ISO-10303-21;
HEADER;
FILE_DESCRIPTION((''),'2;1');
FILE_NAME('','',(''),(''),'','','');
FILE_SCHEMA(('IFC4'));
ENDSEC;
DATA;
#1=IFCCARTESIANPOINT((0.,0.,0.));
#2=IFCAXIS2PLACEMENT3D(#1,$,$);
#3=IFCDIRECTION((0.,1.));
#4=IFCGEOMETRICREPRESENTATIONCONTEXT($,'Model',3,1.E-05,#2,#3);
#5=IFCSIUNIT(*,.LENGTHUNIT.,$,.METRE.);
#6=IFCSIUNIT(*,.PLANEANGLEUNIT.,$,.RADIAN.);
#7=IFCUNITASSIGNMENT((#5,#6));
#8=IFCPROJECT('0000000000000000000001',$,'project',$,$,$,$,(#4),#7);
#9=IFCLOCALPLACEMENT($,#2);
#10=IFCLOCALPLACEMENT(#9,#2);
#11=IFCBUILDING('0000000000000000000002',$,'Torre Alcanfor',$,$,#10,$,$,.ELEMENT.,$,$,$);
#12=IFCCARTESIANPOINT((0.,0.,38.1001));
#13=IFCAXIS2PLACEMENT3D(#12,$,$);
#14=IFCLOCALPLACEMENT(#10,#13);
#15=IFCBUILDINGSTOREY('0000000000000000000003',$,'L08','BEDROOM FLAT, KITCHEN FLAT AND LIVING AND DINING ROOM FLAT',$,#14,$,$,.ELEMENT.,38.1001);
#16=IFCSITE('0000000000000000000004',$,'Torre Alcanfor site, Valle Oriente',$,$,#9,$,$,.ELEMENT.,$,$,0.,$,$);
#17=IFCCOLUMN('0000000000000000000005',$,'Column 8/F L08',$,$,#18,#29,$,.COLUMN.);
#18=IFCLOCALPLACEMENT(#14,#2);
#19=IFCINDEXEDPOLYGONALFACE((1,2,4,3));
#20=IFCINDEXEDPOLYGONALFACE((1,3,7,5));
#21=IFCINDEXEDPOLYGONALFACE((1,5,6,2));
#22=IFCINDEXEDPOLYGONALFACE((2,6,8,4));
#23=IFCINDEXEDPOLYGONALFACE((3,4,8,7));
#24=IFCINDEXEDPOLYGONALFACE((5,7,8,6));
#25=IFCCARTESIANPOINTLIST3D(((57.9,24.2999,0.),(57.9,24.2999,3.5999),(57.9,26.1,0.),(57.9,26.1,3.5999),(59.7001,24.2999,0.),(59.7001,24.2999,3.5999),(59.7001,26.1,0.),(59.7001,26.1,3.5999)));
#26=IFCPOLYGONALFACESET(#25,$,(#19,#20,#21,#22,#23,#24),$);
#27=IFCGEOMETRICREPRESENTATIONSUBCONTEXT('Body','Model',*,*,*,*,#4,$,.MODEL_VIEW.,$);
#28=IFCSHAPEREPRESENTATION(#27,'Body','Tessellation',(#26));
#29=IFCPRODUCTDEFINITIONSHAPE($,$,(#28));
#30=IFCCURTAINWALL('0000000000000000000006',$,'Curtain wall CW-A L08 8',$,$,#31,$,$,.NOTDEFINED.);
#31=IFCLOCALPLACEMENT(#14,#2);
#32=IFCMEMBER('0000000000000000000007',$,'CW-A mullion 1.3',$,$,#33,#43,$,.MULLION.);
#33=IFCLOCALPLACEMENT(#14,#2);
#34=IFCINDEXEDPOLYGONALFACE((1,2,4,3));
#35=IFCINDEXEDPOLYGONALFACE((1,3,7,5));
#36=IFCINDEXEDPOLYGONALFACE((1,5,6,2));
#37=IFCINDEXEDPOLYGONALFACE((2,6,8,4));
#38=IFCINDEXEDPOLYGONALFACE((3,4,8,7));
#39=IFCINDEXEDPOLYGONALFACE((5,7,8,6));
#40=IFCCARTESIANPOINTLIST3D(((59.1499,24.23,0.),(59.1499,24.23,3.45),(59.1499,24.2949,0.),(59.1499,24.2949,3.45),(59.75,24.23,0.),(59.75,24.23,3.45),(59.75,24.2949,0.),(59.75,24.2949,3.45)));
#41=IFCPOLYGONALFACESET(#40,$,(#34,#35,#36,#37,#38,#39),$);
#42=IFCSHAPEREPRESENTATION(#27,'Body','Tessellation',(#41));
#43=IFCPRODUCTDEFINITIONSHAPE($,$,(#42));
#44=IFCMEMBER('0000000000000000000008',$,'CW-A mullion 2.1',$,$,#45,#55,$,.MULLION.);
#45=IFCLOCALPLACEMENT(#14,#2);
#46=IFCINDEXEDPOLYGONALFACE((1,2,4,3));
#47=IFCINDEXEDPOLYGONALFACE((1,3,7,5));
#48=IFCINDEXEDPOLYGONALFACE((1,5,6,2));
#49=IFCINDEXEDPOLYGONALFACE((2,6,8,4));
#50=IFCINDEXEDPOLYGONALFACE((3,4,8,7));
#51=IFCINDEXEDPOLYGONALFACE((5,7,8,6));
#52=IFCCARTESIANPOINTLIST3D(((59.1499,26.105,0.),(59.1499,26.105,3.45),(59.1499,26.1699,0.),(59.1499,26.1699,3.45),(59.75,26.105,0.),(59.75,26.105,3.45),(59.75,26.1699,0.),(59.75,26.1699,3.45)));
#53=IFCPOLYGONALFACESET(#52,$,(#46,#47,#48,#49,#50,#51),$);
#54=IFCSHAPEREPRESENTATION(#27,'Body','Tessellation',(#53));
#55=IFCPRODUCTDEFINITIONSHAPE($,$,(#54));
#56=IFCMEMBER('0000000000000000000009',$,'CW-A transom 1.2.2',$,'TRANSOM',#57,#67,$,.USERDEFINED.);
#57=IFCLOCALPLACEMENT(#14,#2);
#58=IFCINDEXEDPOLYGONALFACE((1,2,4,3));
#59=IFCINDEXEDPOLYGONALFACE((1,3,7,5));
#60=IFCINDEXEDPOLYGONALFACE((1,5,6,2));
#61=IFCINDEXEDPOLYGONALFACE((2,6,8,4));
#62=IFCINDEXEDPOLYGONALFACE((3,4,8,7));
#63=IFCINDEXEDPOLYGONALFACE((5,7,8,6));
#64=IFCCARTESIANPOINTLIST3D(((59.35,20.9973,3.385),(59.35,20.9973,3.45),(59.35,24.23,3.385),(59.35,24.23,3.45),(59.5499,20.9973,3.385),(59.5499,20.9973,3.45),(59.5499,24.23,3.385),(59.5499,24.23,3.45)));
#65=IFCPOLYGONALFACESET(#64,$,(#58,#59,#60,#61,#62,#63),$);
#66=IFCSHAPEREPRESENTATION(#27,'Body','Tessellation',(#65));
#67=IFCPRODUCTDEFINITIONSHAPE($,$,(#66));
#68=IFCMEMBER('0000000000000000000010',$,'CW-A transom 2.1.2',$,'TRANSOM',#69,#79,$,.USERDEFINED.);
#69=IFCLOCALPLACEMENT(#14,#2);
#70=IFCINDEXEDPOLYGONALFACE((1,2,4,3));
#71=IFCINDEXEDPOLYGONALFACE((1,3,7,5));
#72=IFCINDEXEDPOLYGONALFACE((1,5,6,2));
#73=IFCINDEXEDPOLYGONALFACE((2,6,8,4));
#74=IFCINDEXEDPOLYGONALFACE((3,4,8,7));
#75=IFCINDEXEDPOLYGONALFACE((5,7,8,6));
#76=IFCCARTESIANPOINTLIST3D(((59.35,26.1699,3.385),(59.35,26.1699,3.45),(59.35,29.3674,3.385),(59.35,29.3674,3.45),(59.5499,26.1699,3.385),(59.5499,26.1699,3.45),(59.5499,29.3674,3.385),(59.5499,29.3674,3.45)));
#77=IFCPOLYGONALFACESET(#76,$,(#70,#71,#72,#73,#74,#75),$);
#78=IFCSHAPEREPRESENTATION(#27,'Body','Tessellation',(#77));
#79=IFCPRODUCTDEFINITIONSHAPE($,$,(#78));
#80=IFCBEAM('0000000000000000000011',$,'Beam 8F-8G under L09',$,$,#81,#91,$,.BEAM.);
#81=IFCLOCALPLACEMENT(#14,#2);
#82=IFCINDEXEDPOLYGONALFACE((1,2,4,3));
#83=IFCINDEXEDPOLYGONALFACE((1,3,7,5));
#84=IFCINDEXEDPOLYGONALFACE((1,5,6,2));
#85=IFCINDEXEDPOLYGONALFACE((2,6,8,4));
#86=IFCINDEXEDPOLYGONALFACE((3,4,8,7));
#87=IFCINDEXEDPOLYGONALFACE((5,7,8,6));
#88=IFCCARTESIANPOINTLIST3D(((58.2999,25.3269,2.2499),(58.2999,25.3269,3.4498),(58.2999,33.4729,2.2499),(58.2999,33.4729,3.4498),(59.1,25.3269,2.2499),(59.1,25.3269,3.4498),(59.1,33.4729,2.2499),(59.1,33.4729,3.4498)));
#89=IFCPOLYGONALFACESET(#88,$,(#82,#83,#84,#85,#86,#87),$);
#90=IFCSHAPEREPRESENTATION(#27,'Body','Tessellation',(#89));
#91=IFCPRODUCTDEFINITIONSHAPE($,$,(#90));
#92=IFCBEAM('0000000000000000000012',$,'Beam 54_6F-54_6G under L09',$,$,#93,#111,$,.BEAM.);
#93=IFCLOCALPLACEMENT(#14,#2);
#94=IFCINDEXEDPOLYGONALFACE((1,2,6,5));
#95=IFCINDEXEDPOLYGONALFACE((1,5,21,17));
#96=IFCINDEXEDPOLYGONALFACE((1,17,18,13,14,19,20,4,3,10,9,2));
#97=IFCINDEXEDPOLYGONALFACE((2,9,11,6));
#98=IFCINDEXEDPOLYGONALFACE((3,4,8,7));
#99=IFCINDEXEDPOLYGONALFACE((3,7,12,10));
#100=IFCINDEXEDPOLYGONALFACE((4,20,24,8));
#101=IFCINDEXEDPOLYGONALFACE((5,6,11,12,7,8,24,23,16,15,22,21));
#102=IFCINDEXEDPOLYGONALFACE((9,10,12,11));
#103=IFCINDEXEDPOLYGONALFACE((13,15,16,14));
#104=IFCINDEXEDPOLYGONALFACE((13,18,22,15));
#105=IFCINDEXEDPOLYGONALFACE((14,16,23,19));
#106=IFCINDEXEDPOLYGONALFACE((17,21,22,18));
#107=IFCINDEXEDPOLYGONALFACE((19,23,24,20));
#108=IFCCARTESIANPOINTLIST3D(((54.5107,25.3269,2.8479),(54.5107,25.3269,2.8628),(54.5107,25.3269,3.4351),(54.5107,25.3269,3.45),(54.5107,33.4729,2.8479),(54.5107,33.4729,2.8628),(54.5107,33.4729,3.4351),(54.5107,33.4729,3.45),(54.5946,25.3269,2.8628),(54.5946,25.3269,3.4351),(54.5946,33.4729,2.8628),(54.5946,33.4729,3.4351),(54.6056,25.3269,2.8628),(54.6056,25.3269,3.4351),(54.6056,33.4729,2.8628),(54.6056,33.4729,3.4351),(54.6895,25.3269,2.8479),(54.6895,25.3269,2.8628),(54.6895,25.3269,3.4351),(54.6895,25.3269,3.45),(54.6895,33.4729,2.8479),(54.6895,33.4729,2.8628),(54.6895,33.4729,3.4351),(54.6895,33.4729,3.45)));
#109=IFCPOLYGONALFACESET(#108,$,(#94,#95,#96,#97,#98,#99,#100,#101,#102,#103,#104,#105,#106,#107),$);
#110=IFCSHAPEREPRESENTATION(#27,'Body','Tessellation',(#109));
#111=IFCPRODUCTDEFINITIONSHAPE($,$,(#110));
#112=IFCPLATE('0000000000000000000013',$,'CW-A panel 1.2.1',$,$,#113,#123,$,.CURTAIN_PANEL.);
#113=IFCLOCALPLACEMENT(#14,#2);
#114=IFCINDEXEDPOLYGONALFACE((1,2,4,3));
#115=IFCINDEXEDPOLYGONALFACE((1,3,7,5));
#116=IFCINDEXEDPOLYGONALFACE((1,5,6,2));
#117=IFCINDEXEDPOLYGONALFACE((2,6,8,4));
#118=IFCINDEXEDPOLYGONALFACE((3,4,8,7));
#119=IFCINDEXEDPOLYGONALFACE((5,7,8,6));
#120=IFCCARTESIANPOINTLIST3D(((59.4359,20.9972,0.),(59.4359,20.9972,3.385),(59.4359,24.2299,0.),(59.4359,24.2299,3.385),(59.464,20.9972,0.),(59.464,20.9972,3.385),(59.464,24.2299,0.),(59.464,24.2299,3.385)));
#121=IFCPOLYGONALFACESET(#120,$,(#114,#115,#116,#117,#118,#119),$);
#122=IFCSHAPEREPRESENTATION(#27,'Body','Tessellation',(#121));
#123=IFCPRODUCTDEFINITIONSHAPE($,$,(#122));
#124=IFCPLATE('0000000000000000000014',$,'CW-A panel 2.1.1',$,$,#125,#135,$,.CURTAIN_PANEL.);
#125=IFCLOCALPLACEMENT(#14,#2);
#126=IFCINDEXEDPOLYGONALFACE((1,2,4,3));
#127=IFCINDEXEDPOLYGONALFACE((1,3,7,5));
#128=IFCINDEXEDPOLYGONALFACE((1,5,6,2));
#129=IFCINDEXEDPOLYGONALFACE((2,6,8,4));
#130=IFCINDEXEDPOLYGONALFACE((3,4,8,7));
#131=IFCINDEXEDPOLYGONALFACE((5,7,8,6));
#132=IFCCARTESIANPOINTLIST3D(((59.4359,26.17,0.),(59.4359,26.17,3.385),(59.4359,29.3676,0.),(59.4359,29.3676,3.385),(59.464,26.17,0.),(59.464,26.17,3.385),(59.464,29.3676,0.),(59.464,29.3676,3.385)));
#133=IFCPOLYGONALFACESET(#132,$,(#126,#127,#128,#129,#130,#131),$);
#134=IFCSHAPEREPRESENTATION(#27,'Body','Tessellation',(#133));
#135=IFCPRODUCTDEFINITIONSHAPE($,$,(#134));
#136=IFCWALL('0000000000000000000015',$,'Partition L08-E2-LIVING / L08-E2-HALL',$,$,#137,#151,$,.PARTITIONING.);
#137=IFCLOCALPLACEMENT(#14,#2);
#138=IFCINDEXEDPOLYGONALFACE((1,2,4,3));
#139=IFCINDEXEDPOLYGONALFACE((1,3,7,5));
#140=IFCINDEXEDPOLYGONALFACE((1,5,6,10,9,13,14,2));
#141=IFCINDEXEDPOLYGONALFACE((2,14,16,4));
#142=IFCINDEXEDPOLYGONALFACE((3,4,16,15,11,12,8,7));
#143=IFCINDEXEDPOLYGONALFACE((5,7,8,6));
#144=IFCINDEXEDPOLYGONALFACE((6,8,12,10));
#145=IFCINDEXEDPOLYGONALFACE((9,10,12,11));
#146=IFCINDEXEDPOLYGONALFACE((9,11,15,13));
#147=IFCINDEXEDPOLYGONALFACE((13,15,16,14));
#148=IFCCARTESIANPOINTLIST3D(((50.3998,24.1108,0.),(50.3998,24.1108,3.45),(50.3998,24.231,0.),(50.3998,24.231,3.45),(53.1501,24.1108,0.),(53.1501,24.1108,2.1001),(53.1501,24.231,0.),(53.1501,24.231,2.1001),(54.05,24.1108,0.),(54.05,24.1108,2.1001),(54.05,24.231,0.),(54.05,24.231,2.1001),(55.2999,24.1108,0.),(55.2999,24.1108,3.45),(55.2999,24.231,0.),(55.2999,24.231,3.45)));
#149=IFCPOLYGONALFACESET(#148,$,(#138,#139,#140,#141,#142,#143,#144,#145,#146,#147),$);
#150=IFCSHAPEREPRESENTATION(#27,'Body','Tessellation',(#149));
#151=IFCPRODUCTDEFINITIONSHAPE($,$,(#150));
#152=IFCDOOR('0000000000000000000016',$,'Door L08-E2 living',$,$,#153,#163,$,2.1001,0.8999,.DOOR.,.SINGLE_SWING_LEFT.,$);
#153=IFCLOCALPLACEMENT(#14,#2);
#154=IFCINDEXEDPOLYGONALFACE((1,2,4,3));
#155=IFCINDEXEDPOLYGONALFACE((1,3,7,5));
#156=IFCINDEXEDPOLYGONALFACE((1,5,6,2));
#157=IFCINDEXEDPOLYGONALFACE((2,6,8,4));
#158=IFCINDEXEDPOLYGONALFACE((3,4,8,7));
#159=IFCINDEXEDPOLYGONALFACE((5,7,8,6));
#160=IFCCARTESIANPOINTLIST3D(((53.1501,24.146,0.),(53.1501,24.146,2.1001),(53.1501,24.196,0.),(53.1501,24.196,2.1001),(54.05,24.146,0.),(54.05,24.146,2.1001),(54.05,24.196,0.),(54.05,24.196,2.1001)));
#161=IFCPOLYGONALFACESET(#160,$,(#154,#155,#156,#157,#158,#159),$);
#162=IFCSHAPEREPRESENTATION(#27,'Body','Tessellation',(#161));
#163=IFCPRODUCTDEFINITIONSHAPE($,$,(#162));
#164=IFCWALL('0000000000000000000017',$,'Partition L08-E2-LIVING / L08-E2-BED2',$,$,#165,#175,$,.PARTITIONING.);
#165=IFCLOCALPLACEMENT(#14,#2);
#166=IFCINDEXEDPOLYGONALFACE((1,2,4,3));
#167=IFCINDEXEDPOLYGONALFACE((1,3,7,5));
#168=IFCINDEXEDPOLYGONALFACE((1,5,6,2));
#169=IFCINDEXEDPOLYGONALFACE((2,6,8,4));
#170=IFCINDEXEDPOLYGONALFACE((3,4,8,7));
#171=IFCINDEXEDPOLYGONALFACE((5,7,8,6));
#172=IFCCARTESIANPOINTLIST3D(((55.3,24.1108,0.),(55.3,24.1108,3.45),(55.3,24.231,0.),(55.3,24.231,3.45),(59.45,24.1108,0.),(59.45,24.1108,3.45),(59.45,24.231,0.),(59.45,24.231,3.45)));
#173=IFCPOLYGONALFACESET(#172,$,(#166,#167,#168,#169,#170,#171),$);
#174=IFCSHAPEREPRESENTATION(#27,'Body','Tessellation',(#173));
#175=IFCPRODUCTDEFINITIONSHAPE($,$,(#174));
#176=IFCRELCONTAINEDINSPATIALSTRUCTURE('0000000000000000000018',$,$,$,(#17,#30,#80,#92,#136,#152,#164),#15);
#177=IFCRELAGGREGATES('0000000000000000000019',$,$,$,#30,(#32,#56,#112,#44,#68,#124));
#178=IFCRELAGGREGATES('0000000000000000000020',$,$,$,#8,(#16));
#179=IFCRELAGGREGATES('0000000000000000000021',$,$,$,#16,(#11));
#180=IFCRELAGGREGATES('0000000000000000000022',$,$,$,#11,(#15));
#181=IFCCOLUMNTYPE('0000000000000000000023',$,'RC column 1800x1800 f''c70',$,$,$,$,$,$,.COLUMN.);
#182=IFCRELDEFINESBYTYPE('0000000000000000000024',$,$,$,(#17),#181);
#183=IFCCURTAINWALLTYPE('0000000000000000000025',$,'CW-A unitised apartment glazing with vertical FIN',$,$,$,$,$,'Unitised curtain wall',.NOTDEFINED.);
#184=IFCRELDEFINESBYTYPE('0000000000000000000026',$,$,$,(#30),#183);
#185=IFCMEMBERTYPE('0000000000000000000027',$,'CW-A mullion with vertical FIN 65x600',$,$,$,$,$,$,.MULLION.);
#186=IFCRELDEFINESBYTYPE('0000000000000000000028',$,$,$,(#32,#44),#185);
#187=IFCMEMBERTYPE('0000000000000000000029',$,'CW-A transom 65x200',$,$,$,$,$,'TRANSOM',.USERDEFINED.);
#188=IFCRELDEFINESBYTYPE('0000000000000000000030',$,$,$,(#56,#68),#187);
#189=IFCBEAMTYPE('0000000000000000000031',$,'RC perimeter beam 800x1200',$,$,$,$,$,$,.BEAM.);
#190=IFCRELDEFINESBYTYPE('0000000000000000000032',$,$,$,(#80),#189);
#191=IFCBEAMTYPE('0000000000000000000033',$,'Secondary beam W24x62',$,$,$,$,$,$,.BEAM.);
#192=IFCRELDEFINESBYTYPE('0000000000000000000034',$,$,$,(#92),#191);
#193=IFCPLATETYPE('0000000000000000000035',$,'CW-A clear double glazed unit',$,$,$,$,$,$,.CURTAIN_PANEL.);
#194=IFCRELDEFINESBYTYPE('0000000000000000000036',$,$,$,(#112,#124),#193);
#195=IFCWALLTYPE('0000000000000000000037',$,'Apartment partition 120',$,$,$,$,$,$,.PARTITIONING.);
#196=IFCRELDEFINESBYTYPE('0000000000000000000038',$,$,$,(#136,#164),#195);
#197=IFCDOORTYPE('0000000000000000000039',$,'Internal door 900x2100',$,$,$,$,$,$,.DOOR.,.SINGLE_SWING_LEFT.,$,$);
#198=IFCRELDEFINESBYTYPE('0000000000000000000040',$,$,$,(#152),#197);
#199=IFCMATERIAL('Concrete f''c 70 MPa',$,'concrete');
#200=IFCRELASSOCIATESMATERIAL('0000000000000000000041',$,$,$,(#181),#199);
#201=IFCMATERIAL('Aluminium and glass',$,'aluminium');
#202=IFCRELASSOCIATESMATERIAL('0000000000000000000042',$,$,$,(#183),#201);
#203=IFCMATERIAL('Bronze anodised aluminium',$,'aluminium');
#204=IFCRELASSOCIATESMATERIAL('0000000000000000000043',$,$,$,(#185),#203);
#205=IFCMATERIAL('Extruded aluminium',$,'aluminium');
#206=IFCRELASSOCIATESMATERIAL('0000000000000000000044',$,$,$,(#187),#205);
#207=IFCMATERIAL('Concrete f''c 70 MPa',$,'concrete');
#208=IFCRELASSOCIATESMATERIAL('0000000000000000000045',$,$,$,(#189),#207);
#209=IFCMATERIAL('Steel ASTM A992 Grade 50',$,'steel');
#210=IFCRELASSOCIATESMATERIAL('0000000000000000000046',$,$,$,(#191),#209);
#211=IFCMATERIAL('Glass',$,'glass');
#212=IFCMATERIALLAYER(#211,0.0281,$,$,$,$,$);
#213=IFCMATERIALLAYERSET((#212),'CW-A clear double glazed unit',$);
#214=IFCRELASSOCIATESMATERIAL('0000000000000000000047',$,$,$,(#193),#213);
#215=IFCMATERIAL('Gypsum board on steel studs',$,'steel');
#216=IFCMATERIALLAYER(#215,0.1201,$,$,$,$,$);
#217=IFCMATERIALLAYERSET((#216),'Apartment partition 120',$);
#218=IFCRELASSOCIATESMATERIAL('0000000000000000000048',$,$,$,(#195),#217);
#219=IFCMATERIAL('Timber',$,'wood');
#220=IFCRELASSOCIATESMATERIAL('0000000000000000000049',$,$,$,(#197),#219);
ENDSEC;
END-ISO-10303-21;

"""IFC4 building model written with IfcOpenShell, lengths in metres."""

from ifc_helpers import new_model, si_unit, direction, frame, frame_2d, origin, origin_2d, place, context, subcontext, project, spatial, rectangle, i_section, extrude, material, layer, layer_set, material_profile, profile_set, type_object, element, fill, aggregate, save


model = new_model("IFC4")

# Units and contexts
model_context = context("Model", 3, precision=1e-05, world=origin(), true_north=direction((0.0, 1.0)))
body_context = subcontext(model_context, "Body", "Model", "MODEL_VIEW")
ifc_project = project(units=[si_unit("LENGTHUNIT", "METRE"), si_unit("PLANEANGLEUNIT", "RADIAN")], contexts=[model_context])

# Site, building, storey
site_placement = place(None, origin())
site = spatial("IfcSite", under=ifc_project, at=site_placement, Name="Torre Alcanfor site, Valle Oriente", CompositionType="ELEMENT", RefElevation=0.0)
building_placement = place(site_placement, origin())
building = spatial("IfcBuilding", under=site, at=building_placement, Name="Torre Alcanfor", CompositionType="ELEMENT")
storey_placement = place(building_placement, frame((0.0, 0.0, 38.1001)))
storey = spatial("IfcBuildingStorey", under=building, at=storey_placement, Name="L08", Description="BEDROOM FLAT, KITCHEN FLAT AND LIVING AND DINING ROOM FLAT", CompositionType="ELEMENT", Elevation=38.1001)

# Column
ifc_material_1 = material(Name="Concrete f'c 70 MPa", Category="concrete")
ifc_material_profile_1 = material_profile(ifc_material_1, rectangle(XDim=1.8, YDim=1.8, at=origin_2d()), Name="1800x1800")
ifc_profile_set_1 = profile_set([ifc_material_profile_1], Name="Concrete f'c 70 MPa")
column_type = type_object("IfcColumnType", Name="RC column 1800x1800 f'c70", PredefinedType="COLUMN", material=ifc_profile_set_1)
column_placement = place(storey_placement, frame((58.8, 25.2, 0.0), z_axis=(0.0, 0.0, 1.0), x_axis=(1.0, 0.0, 0.0)))
element("IfcColumn", 1, at=column_placement, inside=storey, type_object=column_type, Name="Column 8/F L08", PredefinedType="COLUMN", context=body_context, shape_type="SweptSolid", body=[
    extrude(rectangle(XDim=1.8, YDim=1.8, at=origin_2d()), origin(), (0.0, 0.0, 1.0), 3.5999),
])

# Curtain wall, members
ifc_material_2 = material(Name="Aluminium and glass", Category="aluminium")
curtain_wall_type = type_object("IfcCurtainWallType", Name="CW-A unitised apartment glazing with vertical FIN", ElementType="Unitised curtain wall", PredefinedType="NOTDEFINED", material=ifc_material_2)
curtain_wall_placement = place(storey_placement, origin())
curtain_wall = element("IfcCurtainWall", 2, at=curtain_wall_placement, inside=storey, type_object=curtain_wall_type, Name="Curtain wall CW-A L08 8", PredefinedType="NOTDEFINED")
ifc_material_3 = material(Name="Bronze anodised aluminium", Category="aluminium")
ifc_material_profile_2 = material_profile(ifc_material_3, rectangle(XDim=0.6001, YDim=0.0649, at=origin_2d()), Name="CW-A mullion 65x600")
ifc_profile_set_2 = profile_set([ifc_material_profile_2], Name="Bronze anodised aluminium")
member_type_1 = type_object("IfcMemberType", Name="CW-A mullion with vertical FIN 65x600", PredefinedType="MULLION", material=ifc_profile_set_2)
member_1_placement = place(storey_placement, frame((59.45, 24.2625, 0.0), z_axis=(0.0, 0.0, 1.0), x_axis=(-1.0, 0.0, 0.0)))
member_1 = element("IfcMember", 3, at=member_1_placement, type_object=member_type_1, Name="CW-A mullion 1.3", PredefinedType="MULLION", context=body_context, shape_type="SweptSolid", body=[
    extrude(rectangle(XDim=0.6001, YDim=0.0649, at=origin_2d()), origin(), (0.0, 0.0, 1.0), 3.45),
])
member_2_placement = place(storey_placement, frame((59.45, 26.1375, 0.0), z_axis=(0.0, 0.0, 1.0), x_axis=(-1.0, 0.0, 0.0)))
member_2 = element("IfcMember", 4, at=member_2_placement, type_object=member_type_1, Name="CW-A mullion 2.1", PredefinedType="MULLION", context=body_context, shape_type="SweptSolid", body=[
    extrude(rectangle(XDim=0.6001, YDim=0.0649, at=origin_2d()), origin(), (0.0, 0.0, 1.0), 3.45),
])
ifc_material_4 = material(Name="Extruded aluminium", Category="aluminium")
ifc_material_profile_3 = material_profile(ifc_material_4, rectangle(XDim=0.2, YDim=0.0649, at=origin_2d()), Name="CW-A transom 200x65")
ifc_profile_set_3 = profile_set([ifc_material_profile_3], Name="Extruded aluminium")
member_type_2 = type_object("IfcMemberType", Name="CW-A transom 65x200", ElementType="TRANSOM", PredefinedType="USERDEFINED", material=ifc_profile_set_3)
member_3_placement = place(storey_placement, frame((59.45, 20.9973, 3.4175), z_axis=(0.0, 1.0, 0.0), x_axis=(-1.0, 0.0, 0.0)))
member_3 = element("IfcMember", 5, at=member_3_placement, type_object=member_type_2, Name="CW-A transom 1.2.2", ObjectType="TRANSOM", PredefinedType="USERDEFINED", context=body_context, shape_type="SweptSolid", body=[
    extrude(rectangle(XDim=0.2, YDim=0.0649, at=origin_2d()), origin(), (0.0, 0.0, 1.0), 3.2327),
])
member_4_placement = place(storey_placement, frame((59.45, 26.1699, 3.4175), z_axis=(0.0, 1.0, 0.0), x_axis=(-1.0, 0.0, 0.0)))
member_4 = element("IfcMember", 6, at=member_4_placement, type_object=member_type_2, Name="CW-A transom 2.1.2", ObjectType="TRANSOM", PredefinedType="USERDEFINED", context=body_context, shape_type="SweptSolid", body=[
    extrude(rectangle(XDim=0.2, YDim=0.0649, at=origin_2d()), origin(), (0.0, 0.0, 1.0), 3.1975),
])

# Beams
ifc_material_5 = material(Name="Concrete f'c 70 MPa", Category="concrete")
ifc_material_profile_4 = material_profile(ifc_material_5, rectangle(XDim=0.8, YDim=1.2, at=origin_2d()), Name="800x1200")
ifc_profile_set_4 = profile_set([ifc_material_profile_4], Name="Concrete f'c 70 MPa")
beam_type_1 = type_object("IfcBeamType", Name="RC perimeter beam 800x1200", PredefinedType="BEAM", material=ifc_profile_set_4)
beam_1_placement = place(storey_placement, frame((58.7, 25.3269, 2.8499), z_axis=(0.0, 1.0, 0.0), x_axis=(-1.0, 0.0, 0.0)))
element("IfcBeam", 7, at=beam_1_placement, inside=storey, type_object=beam_type_1, Name="Beam 8F-8G under L09", PredefinedType="BEAM", context=body_context, shape_type="SweptSolid", body=[
    extrude(rectangle(XDim=0.8, YDim=1.2, at=origin_2d()), origin(), (0.0, 0.0, 1.0), 8.146),
])
ifc_material_6 = material(Name="Steel ASTM A992 Grade 50", Category="steel")
ifc_material_profile_5 = material_profile(ifc_material_6, i_section(OverallWidth=0.1787, OverallDepth=0.6021, WebThickness=0.011, FlangeThickness=0.0149, at=origin_2d()), Name="W24x62")
ifc_profile_set_5 = profile_set([ifc_material_profile_5], Name="Steel ASTM A992 Grade 50")
beam_type_2 = type_object("IfcBeamType", Name="Secondary beam W24x62", PredefinedType="BEAM", material=ifc_profile_set_5)
beam_2_placement = place(storey_placement, frame((54.6001, 25.3269, 3.1489), z_axis=(0.0, 1.0, 0.0), x_axis=(-1.0, 0.0, 0.0)))
element("IfcBeam", 8, at=beam_2_placement, inside=storey, type_object=beam_type_2, Name="Beam 54_6F-54_6G under L09", PredefinedType="BEAM", context=body_context, shape_type="SweptSolid", body=[
    extrude(i_section(OverallWidth=0.1787, OverallDepth=0.6021, WebThickness=0.011, FlangeThickness=0.0149, at=origin_2d()), origin(), (0.0, 0.0, 1.0), 8.146),
])

# Plates
ifc_material_7 = material(Name="Glass", Category="glass")
ifc_layer_1 = layer(ifc_material_7, 0.0281)
ifc_layer_set_1 = layer_set([ifc_layer_1], Name="CW-A clear double glazed unit")
plate_type = type_object("IfcPlateType", Name="CW-A clear double glazed unit", PredefinedType="CURTAIN_PANEL", material=ifc_layer_set_1)
plate_1_placement = place(storey_placement, frame((59.45, 22.6135, 0.0), z_axis=(0.0, 0.0, 1.0), x_axis=(0.0, 1.0, 0.0)))
plate_1 = element("IfcPlate", 9, at=plate_1_placement, type_object=plate_type, Name="CW-A panel 1.2.1", PredefinedType="CURTAIN_PANEL", context=body_context, shape_type="SweptSolid", body=[
    extrude(rectangle(XDim=3.2327, YDim=0.0281, at=origin_2d()), origin(), (0.0, 0.0, 1.0), 3.385),
])
plate_2_placement = place(storey_placement, frame((59.45, 27.7688, 0.0), z_axis=(0.0, 0.0, 1.0), x_axis=(0.0, 1.0, 0.0)))
plate_2 = element("IfcPlate", 10, at=plate_2_placement, type_object=plate_type, Name="CW-A panel 2.1.1", PredefinedType="CURTAIN_PANEL", context=body_context, shape_type="SweptSolid", body=[
    extrude(rectangle(XDim=3.1975, YDim=0.0281, at=origin_2d()), origin(), (0.0, 0.0, 1.0), 3.385),
])
aggregate(curtain_wall, [member_1, member_3, plate_1, member_2, member_4, plate_2])

# Wall, opening, door
ifc_material_8 = material(Name="Gypsum board on steel studs", Category="steel")
ifc_layer_2 = layer(ifc_material_8, 0.1201)
ifc_layer_set_2 = layer_set([ifc_layer_2], Name="Apartment partition 120")
wall_type = type_object("IfcWallType", Name="Apartment partition 120", PredefinedType="PARTITIONING", material=ifc_layer_set_2)
wall_1_placement = place(storey_placement, frame((55.3, 24.1709, 0.0), z_axis=(0.0, 0.0, 1.0), x_axis=(-1.0, 0.0, 0.0)))
wall_1 = element("IfcWall", 11, at=wall_1_placement, inside=storey, type_object=wall_type, Name="Partition L08-E2-LIVING / L08-E2-HALL", PredefinedType="PARTITIONING", context=body_context, shape_type="SweptSolid", body=[
    extrude(rectangle(XDim=4.9001, YDim=0.1201, at=frame_2d((2.4502, 0.0))), origin(), (0.0, 0.0, 1.0), 3.45),
])
opening_1_placement = place(wall_1_placement, frame((1.25, 0.0, 0.0)))
opening_1 = element("IfcOpeningElement", 12, at=opening_1_placement, cuts=wall_1, PredefinedType="OPENING", context=body_context, shape_type="SweptSolid", body=[
    extrude(rectangle(XDim=0.8999, YDim=2.1001, at=frame_2d((0.45, 1.05))), frame((0.0, 0.0701, 0.0), z_axis=(0.0, -1.0, 0.0), x_axis=(1.0, 0.0, 0.0)), (0.0, 0.0, 1.0), 0.1401),
])
ifc_material_9 = material(Name="Timber", Category="wood")
door_type = type_object("IfcDoorType", Name="Internal door 900x2100", OperationType="SINGLE_SWING_LEFT", PredefinedType="DOOR", material=ifc_material_9)
door_1_placement = place(opening_1_placement, frame((0.8999, 0.0, 0.0), z_axis=(0.0, 0.0, 1.0), x_axis=(-1.0, 0.0, 0.0)))
door_1 = element("IfcDoor", 13, at=door_1_placement, inside=storey, type_object=door_type, Name="Door L08-E2 living", OperationType="SINGLE_SWING_LEFT", OverallHeight=2.1001, OverallWidth=0.8999, PredefinedType="DOOR", context=body_context, shape_type="SweptSolid", body=[
    extrude(rectangle(XDim=0.8999, YDim=2.1001, at=frame_2d((0.45, 1.05))), frame((0.0, 0.0251, 0.0), z_axis=(0.0, -1.0, 0.0), x_axis=(1.0, 0.0, 0.0)), (0.0, 0.0, 1.0), 0.05),
])
fill(opening_1, door_1)

# Wall
wall_2_placement = place(storey_placement, frame((59.45, 24.1709, 0.0), z_axis=(0.0, 0.0, 1.0), x_axis=(-1.0, 0.0, 0.0)))
element("IfcWall", 14, at=wall_2_placement, inside=storey, type_object=wall_type, Name="Partition L08-E2-LIVING / L08-E2-BED2", PredefinedType="PARTITIONING", context=body_context, shape_type="SweptSolid", body=[
    extrude(rectangle(XDim=4.1499, YDim=0.1201, at=frame_2d((2.075, 0.0))), origin(), (0.0, 0.0, 1.0), 3.45),
])

save(model, "model.ifc")
